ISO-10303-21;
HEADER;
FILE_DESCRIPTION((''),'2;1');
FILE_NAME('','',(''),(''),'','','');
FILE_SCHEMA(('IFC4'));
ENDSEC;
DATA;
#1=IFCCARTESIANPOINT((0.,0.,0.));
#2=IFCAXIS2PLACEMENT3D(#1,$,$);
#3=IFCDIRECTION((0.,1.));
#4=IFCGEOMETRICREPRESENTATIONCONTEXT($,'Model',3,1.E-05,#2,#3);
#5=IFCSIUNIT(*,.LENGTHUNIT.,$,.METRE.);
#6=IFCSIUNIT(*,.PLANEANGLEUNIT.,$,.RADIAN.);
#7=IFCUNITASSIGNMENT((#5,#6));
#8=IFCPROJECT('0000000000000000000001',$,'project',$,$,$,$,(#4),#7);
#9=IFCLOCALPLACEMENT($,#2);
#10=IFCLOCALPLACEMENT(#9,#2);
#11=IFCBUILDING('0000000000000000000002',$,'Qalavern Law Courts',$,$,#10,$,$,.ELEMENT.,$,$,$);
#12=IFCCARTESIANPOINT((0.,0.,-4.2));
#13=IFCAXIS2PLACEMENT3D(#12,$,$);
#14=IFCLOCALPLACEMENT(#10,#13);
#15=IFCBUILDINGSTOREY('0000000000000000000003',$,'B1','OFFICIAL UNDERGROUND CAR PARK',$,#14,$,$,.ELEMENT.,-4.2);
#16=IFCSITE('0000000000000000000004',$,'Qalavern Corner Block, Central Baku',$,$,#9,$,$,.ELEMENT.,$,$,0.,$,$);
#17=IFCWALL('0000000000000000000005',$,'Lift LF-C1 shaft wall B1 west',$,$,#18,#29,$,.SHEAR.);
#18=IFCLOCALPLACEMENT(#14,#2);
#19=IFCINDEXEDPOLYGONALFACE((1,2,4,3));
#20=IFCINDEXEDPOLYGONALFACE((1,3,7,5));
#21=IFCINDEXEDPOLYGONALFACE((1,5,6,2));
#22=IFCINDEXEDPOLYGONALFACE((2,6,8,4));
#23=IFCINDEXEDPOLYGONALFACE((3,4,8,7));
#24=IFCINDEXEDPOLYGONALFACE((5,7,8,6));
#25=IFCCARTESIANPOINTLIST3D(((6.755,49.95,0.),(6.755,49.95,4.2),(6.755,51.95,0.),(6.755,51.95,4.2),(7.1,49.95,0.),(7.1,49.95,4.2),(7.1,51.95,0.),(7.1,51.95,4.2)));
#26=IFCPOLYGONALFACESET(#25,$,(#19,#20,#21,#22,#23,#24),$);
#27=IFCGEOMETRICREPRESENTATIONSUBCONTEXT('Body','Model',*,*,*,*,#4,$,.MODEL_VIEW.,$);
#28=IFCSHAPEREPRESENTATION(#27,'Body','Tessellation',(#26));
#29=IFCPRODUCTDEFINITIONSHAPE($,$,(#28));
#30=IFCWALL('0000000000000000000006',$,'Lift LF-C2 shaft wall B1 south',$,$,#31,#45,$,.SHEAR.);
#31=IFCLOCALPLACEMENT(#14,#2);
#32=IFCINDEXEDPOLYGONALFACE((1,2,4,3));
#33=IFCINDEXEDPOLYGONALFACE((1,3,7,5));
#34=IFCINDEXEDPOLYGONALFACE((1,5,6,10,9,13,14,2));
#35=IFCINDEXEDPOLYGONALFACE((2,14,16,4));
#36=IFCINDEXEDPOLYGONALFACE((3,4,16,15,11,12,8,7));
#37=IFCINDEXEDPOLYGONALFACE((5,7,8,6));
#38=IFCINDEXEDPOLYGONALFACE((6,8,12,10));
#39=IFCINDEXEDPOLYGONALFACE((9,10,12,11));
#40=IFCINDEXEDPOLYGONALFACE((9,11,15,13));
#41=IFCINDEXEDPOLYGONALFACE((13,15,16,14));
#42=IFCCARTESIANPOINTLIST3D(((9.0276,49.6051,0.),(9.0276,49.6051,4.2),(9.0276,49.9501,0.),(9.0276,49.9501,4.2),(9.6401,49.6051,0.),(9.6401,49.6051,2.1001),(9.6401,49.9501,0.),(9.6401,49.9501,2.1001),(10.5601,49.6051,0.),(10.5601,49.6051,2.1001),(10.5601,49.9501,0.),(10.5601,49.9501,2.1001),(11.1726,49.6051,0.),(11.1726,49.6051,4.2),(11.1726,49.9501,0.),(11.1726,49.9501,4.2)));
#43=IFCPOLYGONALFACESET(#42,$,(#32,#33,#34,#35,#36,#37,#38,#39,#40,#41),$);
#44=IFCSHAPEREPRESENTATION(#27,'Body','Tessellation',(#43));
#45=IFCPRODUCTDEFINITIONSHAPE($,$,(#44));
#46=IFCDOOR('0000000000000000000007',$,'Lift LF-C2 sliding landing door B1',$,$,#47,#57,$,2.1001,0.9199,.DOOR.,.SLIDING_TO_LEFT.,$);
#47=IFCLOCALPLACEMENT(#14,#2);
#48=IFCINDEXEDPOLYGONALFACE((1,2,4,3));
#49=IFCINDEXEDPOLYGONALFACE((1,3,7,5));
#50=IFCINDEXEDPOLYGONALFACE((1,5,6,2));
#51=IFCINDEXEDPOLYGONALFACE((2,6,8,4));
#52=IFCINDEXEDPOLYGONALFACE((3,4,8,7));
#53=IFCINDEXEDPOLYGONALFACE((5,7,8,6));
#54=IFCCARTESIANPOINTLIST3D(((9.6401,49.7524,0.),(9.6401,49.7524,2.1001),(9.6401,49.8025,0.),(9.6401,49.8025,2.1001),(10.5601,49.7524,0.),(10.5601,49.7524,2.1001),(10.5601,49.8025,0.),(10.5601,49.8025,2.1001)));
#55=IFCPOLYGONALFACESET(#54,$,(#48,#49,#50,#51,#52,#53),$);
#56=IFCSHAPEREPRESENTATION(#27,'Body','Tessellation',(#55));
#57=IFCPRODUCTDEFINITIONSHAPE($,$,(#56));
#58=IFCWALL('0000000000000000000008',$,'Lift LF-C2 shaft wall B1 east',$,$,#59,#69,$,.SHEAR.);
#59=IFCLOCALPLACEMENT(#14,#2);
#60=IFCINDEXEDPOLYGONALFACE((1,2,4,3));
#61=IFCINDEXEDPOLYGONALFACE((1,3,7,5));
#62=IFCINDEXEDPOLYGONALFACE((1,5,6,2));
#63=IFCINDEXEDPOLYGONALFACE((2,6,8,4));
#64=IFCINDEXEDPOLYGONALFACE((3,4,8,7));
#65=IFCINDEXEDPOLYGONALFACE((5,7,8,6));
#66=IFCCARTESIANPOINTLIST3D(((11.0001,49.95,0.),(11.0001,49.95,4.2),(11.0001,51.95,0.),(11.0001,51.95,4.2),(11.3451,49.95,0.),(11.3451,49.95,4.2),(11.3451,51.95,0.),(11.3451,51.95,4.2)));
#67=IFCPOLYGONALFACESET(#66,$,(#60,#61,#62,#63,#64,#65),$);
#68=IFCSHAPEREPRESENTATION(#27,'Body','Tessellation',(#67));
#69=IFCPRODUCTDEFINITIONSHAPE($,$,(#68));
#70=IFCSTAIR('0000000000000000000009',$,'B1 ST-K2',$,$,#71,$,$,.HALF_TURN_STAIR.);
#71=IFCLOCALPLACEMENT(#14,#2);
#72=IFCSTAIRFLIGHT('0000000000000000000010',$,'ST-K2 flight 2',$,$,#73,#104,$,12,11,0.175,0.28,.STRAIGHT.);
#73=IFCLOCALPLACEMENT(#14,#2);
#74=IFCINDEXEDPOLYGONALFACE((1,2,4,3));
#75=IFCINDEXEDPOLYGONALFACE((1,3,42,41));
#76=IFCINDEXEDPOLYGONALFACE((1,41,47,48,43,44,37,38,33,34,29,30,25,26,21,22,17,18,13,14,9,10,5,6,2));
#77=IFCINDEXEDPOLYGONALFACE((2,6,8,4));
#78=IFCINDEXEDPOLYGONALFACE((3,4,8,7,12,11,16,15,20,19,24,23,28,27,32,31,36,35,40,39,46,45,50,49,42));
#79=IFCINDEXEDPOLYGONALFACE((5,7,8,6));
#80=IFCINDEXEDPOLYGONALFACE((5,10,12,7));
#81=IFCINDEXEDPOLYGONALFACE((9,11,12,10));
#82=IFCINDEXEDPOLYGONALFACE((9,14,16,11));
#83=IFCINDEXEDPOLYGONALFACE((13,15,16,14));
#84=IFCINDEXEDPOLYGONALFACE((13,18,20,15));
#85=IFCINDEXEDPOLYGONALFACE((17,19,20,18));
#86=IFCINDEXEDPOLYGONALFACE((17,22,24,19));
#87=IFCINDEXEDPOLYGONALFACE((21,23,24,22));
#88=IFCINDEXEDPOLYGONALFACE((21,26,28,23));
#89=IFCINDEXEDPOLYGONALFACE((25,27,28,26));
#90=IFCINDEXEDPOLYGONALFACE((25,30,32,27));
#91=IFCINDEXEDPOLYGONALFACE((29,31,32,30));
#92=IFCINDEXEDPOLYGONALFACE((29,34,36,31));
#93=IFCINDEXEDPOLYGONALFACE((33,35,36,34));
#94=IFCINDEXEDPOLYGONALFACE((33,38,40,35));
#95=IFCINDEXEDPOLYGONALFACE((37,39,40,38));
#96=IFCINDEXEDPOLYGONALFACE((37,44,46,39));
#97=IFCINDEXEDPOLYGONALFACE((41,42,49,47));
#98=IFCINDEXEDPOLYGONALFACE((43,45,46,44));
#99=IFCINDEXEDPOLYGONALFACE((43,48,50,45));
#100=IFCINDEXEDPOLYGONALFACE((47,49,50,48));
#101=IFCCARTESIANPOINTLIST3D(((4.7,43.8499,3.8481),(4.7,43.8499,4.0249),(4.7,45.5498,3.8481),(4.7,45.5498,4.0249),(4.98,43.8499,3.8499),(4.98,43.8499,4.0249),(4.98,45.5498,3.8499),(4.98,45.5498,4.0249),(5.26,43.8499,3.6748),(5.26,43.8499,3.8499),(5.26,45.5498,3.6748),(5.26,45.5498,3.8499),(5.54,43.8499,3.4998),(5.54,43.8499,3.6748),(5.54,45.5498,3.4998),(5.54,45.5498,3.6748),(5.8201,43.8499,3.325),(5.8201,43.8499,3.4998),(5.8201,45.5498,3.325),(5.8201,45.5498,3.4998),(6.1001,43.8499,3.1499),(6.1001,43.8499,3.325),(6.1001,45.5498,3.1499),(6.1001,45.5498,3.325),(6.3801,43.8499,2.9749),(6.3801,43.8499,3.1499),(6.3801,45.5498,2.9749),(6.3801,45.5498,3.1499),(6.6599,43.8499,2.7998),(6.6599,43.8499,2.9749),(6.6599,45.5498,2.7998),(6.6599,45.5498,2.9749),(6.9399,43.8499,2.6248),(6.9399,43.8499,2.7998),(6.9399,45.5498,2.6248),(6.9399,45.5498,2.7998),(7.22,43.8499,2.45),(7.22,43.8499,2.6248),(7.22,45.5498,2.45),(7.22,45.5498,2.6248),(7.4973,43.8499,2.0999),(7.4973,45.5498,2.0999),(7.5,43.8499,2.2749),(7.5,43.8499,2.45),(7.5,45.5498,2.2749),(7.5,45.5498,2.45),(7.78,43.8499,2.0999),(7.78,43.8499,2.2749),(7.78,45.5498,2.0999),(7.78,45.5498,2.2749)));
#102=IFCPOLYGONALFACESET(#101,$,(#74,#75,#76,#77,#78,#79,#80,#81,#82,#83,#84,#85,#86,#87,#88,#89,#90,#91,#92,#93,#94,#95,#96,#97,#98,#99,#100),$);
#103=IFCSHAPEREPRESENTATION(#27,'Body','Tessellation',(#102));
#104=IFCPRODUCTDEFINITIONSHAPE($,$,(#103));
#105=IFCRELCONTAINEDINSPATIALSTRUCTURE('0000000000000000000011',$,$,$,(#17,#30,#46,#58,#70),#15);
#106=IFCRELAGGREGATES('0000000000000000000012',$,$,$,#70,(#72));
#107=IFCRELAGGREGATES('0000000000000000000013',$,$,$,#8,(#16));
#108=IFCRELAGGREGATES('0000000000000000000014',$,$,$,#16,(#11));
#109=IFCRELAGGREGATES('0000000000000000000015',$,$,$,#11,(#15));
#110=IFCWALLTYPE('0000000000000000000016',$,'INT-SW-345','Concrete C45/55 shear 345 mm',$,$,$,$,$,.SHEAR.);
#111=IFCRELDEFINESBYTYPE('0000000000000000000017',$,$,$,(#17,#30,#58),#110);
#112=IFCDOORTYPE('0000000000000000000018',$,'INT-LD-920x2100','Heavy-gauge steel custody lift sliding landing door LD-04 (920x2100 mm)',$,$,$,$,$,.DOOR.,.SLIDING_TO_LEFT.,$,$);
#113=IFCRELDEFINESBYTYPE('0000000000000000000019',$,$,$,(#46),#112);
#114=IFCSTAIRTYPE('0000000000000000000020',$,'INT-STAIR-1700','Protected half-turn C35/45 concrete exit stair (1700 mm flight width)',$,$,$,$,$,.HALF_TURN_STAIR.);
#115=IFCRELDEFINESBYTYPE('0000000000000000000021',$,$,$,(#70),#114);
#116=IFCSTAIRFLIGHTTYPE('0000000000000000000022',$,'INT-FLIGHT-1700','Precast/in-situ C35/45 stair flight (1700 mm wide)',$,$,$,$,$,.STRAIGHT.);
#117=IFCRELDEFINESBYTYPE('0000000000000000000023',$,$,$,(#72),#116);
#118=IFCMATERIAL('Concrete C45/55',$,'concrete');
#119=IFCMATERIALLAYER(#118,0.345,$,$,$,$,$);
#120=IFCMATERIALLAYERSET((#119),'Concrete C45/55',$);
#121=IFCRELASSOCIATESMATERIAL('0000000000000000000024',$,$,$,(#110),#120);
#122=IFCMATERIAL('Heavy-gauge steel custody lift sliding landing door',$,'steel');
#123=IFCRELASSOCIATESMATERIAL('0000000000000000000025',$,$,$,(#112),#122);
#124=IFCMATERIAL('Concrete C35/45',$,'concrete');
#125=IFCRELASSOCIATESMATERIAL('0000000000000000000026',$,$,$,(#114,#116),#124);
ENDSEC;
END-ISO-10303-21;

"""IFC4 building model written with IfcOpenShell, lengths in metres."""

from ifc_helpers import new_model, si_unit, direction, frame, frame_2d, origin, place, context, subcontext, project, spatial, polyline, rectangle, outline, extrude, material, layer, layer_set, type_object, element, fill, aggregate, save


model = new_model("IFC4")

# Units and contexts
model_context = context("Model", 3, precision=1e-05, world=origin(), true_north=direction((0.0, 1.0)))
body_context = subcontext(model_context, "Body", "Model", "MODEL_VIEW")
ifc_project = project(units=[si_unit("LENGTHUNIT", "METRE"), si_unit("PLANEANGLEUNIT", "RADIAN")], contexts=[model_context])

# Site, building, storey
site_placement = place(None, origin())
site = spatial("IfcSite", under=ifc_project, at=site_placement, Name="Qalavern Corner Block, Central Baku", CompositionType="ELEMENT", RefElevation=0.0)
building_placement = place(site_placement, origin())
building = spatial("IfcBuilding", under=site, at=building_placement, Name="Qalavern Law Courts", CompositionType="ELEMENT")
storey_placement = place(building_placement, frame((0.0, 0.0, -4.2)))
storey = spatial("IfcBuildingStorey", under=building, at=storey_placement, Name="B1", Description="OFFICIAL UNDERGROUND CAR PARK", CompositionType="ELEMENT", Elevation=-4.2)

# Shared definitions
ifc_material_1 = material(Name="Concrete C45/55", Category="concrete")

# Shared definitions
ifc_layer_1 = layer(ifc_material_1, 0.345)
ifc_layer_set_1 = layer_set([ifc_layer_1], Name="Concrete C45/55")
wall_type_1 = type_object("IfcWallType", Name="INT-SW-345", Description="Concrete C45/55 shear 345 mm", PredefinedType="SHEAR", material=ifc_layer_set_1)
ifc_material_2 = material(Name="Heavy-gauge steel custody lift sliding landing door", Category="steel")
door_type_1 = type_object("IfcDoorType", Name="INT-LD-920x2100", Description="Heavy-gauge steel custody lift sliding landing door LD-04 (920x2100 mm)", OperationType="SLIDING_TO_LEFT", PredefinedType="DOOR", material=ifc_material_2)

# Wall
wall_1_placement = place(storey_placement, frame((6.9275, 51.95, 0.0), z_axis=(0.0, 0.0, 1.0), x_axis=(0.0, -1.0, 0.0)))
element("IfcWall", 1, at=wall_1_placement, inside=storey, type_object=wall_type_1, Name="Lift LF-C1 shaft wall B1 west", PredefinedType="SHEAR", context=body_context, shape_type="SweptSolid", body=[
    extrude(rectangle(XDim=2.0, YDim=0.345, at=frame_2d((1.0, 0.0))), origin(), (0.0, 0.0, 1.0), 4.2),
])

# Wall, opening, door
wall_2_placement = place(storey_placement, frame((9.0276, 49.7776, 0.0), z_axis=(0.0, 0.0, 1.0), x_axis=(1.0, 0.0, 0.0)))
wall_2 = element("IfcWall", 2, at=wall_2_placement, inside=storey, type_object=wall_type_1, Name="Lift LF-C2 shaft wall B1 south", PredefinedType="SHEAR", context=body_context, shape_type="SweptSolid", body=[
    extrude(rectangle(XDim=2.145, YDim=0.345, at=frame_2d((1.0725, 0.0))), origin(), (0.0, 0.0, 1.0), 4.2),
])
opening_1_placement = place(wall_2_placement, frame((0.6125, 0.0, 0.0)))
opening_1 = element("IfcOpeningElement", 3, at=opening_1_placement, cuts=wall_2, PredefinedType="OPENING", context=body_context, shape_type="SweptSolid", body=[
    extrude(rectangle(XDim=0.9199, YDim=2.1001, at=frame_2d((0.46, 1.05))), frame((0.0, 0.1875, 0.0), z_axis=(0.0, -1.0, 0.0), x_axis=(1.0, 0.0, 0.0)), (0.0, 0.0, 1.0), 0.3748),
])
door_1_placement = place(opening_1_placement, origin())
door_1 = element("IfcDoor", 4, at=door_1_placement, inside=storey, type_object=door_type_1, Name="Lift LF-C2 sliding landing door B1", OperationType="SLIDING_TO_LEFT", OverallHeight=2.1001, OverallWidth=0.9199, PredefinedType="DOOR", context=body_context, shape_type="SweptSolid", body=[
    extrude(rectangle(XDim=0.9199, YDim=2.1001, at=frame_2d((0.46, 1.05))), frame((0.0, 0.0249, 0.0), z_axis=(0.0, -1.0, 0.0), x_axis=(1.0, 0.0, 0.0)), (0.0, 0.0, 1.0), 0.05),
])
fill(opening_1, door_1)

# Wall
wall_3_placement = place(storey_placement, frame((11.1726, 49.95, 0.0), z_axis=(0.0, 0.0, 1.0), x_axis=(0.0, 1.0, 0.0)))
element("IfcWall", 5, at=wall_3_placement, inside=storey, type_object=wall_type_1, Name="Lift LF-C2 shaft wall B1 east", PredefinedType="SHEAR", context=body_context, shape_type="SweptSolid", body=[
    extrude(rectangle(XDim=2.0, YDim=0.345, at=frame_2d((1.0, 0.0))), origin(), (0.0, 0.0, 1.0), 4.2),
])

# Stair, stair flight
ifc_material_3 = material(Name="Concrete C35/45", Category="concrete")
stair_type = type_object("IfcStairType", Name="INT-STAIR-1700", Description="Protected half-turn C35/45 concrete exit stair (1700 mm flight width)", PredefinedType="HALF_TURN_STAIR", material=ifc_material_3)
stair_placement = place(storey_placement, origin())
stair = element("IfcStair", 6, at=stair_placement, inside=storey, type_object=stair_type, Name="B1 ST-K2", PredefinedType="HALF_TURN_STAIR")
stair_flight_type = type_object("IfcStairFlightType", Name="INT-FLIGHT-1700", Description="Precast/in-situ C35/45 stair flight (1700 mm wide)", PredefinedType="STRAIGHT", material=ifc_material_3)
stair_flight_placement = place(storey_placement, frame((7.78, 44.7, 2.0999), z_axis=(0.0, 0.0, 1.0), x_axis=(-1.0, 0.0, 0.0)))
stair_flight = element("IfcStairFlight", 7, at=stair_flight_placement, type_object=stair_flight_type, Name="ST-K2 flight 2", NumberOfRisers=12, NumberOfTreads=11, PredefinedType="STRAIGHT", RiserHeight=0.175, TreadLength=0.28, context=body_context, shape_type="SweptSolid", body=[
    extrude(outline(polyline([(0.0, 0.0), (0.0, 0.175), (0.28, 0.175), (0.28, 0.3501), (0.5601, 0.3501), (0.5601, 0.5249), (0.8401, 0.5249), (0.8401, 0.7), (1.1201, 0.7), (1.1201, 0.875), (1.3999, 0.875), (1.3999, 1.05), (1.6799, 1.05), (1.6799, 1.2251), (1.96, 1.2251), (1.96, 1.3999), (2.24, 1.3999), (2.24, 1.575), (2.52, 1.575), (2.52, 1.75), (2.8, 1.75), (2.8, 1.925), (3.0801, 1.925), (3.0801, 2.1001), (3.0801, 1.7483), (0.2827, 0.0), (0.0, 0.0)])), frame((0.0, 0.8501, 0.0), z_axis=(0.0, -1.0, 0.0), x_axis=(1.0, 0.0, 0.0)), (0.0, 0.0, 1.0), 1.7),
])
aggregate(stair, [stair_flight])

save(model, "model.ifc")
